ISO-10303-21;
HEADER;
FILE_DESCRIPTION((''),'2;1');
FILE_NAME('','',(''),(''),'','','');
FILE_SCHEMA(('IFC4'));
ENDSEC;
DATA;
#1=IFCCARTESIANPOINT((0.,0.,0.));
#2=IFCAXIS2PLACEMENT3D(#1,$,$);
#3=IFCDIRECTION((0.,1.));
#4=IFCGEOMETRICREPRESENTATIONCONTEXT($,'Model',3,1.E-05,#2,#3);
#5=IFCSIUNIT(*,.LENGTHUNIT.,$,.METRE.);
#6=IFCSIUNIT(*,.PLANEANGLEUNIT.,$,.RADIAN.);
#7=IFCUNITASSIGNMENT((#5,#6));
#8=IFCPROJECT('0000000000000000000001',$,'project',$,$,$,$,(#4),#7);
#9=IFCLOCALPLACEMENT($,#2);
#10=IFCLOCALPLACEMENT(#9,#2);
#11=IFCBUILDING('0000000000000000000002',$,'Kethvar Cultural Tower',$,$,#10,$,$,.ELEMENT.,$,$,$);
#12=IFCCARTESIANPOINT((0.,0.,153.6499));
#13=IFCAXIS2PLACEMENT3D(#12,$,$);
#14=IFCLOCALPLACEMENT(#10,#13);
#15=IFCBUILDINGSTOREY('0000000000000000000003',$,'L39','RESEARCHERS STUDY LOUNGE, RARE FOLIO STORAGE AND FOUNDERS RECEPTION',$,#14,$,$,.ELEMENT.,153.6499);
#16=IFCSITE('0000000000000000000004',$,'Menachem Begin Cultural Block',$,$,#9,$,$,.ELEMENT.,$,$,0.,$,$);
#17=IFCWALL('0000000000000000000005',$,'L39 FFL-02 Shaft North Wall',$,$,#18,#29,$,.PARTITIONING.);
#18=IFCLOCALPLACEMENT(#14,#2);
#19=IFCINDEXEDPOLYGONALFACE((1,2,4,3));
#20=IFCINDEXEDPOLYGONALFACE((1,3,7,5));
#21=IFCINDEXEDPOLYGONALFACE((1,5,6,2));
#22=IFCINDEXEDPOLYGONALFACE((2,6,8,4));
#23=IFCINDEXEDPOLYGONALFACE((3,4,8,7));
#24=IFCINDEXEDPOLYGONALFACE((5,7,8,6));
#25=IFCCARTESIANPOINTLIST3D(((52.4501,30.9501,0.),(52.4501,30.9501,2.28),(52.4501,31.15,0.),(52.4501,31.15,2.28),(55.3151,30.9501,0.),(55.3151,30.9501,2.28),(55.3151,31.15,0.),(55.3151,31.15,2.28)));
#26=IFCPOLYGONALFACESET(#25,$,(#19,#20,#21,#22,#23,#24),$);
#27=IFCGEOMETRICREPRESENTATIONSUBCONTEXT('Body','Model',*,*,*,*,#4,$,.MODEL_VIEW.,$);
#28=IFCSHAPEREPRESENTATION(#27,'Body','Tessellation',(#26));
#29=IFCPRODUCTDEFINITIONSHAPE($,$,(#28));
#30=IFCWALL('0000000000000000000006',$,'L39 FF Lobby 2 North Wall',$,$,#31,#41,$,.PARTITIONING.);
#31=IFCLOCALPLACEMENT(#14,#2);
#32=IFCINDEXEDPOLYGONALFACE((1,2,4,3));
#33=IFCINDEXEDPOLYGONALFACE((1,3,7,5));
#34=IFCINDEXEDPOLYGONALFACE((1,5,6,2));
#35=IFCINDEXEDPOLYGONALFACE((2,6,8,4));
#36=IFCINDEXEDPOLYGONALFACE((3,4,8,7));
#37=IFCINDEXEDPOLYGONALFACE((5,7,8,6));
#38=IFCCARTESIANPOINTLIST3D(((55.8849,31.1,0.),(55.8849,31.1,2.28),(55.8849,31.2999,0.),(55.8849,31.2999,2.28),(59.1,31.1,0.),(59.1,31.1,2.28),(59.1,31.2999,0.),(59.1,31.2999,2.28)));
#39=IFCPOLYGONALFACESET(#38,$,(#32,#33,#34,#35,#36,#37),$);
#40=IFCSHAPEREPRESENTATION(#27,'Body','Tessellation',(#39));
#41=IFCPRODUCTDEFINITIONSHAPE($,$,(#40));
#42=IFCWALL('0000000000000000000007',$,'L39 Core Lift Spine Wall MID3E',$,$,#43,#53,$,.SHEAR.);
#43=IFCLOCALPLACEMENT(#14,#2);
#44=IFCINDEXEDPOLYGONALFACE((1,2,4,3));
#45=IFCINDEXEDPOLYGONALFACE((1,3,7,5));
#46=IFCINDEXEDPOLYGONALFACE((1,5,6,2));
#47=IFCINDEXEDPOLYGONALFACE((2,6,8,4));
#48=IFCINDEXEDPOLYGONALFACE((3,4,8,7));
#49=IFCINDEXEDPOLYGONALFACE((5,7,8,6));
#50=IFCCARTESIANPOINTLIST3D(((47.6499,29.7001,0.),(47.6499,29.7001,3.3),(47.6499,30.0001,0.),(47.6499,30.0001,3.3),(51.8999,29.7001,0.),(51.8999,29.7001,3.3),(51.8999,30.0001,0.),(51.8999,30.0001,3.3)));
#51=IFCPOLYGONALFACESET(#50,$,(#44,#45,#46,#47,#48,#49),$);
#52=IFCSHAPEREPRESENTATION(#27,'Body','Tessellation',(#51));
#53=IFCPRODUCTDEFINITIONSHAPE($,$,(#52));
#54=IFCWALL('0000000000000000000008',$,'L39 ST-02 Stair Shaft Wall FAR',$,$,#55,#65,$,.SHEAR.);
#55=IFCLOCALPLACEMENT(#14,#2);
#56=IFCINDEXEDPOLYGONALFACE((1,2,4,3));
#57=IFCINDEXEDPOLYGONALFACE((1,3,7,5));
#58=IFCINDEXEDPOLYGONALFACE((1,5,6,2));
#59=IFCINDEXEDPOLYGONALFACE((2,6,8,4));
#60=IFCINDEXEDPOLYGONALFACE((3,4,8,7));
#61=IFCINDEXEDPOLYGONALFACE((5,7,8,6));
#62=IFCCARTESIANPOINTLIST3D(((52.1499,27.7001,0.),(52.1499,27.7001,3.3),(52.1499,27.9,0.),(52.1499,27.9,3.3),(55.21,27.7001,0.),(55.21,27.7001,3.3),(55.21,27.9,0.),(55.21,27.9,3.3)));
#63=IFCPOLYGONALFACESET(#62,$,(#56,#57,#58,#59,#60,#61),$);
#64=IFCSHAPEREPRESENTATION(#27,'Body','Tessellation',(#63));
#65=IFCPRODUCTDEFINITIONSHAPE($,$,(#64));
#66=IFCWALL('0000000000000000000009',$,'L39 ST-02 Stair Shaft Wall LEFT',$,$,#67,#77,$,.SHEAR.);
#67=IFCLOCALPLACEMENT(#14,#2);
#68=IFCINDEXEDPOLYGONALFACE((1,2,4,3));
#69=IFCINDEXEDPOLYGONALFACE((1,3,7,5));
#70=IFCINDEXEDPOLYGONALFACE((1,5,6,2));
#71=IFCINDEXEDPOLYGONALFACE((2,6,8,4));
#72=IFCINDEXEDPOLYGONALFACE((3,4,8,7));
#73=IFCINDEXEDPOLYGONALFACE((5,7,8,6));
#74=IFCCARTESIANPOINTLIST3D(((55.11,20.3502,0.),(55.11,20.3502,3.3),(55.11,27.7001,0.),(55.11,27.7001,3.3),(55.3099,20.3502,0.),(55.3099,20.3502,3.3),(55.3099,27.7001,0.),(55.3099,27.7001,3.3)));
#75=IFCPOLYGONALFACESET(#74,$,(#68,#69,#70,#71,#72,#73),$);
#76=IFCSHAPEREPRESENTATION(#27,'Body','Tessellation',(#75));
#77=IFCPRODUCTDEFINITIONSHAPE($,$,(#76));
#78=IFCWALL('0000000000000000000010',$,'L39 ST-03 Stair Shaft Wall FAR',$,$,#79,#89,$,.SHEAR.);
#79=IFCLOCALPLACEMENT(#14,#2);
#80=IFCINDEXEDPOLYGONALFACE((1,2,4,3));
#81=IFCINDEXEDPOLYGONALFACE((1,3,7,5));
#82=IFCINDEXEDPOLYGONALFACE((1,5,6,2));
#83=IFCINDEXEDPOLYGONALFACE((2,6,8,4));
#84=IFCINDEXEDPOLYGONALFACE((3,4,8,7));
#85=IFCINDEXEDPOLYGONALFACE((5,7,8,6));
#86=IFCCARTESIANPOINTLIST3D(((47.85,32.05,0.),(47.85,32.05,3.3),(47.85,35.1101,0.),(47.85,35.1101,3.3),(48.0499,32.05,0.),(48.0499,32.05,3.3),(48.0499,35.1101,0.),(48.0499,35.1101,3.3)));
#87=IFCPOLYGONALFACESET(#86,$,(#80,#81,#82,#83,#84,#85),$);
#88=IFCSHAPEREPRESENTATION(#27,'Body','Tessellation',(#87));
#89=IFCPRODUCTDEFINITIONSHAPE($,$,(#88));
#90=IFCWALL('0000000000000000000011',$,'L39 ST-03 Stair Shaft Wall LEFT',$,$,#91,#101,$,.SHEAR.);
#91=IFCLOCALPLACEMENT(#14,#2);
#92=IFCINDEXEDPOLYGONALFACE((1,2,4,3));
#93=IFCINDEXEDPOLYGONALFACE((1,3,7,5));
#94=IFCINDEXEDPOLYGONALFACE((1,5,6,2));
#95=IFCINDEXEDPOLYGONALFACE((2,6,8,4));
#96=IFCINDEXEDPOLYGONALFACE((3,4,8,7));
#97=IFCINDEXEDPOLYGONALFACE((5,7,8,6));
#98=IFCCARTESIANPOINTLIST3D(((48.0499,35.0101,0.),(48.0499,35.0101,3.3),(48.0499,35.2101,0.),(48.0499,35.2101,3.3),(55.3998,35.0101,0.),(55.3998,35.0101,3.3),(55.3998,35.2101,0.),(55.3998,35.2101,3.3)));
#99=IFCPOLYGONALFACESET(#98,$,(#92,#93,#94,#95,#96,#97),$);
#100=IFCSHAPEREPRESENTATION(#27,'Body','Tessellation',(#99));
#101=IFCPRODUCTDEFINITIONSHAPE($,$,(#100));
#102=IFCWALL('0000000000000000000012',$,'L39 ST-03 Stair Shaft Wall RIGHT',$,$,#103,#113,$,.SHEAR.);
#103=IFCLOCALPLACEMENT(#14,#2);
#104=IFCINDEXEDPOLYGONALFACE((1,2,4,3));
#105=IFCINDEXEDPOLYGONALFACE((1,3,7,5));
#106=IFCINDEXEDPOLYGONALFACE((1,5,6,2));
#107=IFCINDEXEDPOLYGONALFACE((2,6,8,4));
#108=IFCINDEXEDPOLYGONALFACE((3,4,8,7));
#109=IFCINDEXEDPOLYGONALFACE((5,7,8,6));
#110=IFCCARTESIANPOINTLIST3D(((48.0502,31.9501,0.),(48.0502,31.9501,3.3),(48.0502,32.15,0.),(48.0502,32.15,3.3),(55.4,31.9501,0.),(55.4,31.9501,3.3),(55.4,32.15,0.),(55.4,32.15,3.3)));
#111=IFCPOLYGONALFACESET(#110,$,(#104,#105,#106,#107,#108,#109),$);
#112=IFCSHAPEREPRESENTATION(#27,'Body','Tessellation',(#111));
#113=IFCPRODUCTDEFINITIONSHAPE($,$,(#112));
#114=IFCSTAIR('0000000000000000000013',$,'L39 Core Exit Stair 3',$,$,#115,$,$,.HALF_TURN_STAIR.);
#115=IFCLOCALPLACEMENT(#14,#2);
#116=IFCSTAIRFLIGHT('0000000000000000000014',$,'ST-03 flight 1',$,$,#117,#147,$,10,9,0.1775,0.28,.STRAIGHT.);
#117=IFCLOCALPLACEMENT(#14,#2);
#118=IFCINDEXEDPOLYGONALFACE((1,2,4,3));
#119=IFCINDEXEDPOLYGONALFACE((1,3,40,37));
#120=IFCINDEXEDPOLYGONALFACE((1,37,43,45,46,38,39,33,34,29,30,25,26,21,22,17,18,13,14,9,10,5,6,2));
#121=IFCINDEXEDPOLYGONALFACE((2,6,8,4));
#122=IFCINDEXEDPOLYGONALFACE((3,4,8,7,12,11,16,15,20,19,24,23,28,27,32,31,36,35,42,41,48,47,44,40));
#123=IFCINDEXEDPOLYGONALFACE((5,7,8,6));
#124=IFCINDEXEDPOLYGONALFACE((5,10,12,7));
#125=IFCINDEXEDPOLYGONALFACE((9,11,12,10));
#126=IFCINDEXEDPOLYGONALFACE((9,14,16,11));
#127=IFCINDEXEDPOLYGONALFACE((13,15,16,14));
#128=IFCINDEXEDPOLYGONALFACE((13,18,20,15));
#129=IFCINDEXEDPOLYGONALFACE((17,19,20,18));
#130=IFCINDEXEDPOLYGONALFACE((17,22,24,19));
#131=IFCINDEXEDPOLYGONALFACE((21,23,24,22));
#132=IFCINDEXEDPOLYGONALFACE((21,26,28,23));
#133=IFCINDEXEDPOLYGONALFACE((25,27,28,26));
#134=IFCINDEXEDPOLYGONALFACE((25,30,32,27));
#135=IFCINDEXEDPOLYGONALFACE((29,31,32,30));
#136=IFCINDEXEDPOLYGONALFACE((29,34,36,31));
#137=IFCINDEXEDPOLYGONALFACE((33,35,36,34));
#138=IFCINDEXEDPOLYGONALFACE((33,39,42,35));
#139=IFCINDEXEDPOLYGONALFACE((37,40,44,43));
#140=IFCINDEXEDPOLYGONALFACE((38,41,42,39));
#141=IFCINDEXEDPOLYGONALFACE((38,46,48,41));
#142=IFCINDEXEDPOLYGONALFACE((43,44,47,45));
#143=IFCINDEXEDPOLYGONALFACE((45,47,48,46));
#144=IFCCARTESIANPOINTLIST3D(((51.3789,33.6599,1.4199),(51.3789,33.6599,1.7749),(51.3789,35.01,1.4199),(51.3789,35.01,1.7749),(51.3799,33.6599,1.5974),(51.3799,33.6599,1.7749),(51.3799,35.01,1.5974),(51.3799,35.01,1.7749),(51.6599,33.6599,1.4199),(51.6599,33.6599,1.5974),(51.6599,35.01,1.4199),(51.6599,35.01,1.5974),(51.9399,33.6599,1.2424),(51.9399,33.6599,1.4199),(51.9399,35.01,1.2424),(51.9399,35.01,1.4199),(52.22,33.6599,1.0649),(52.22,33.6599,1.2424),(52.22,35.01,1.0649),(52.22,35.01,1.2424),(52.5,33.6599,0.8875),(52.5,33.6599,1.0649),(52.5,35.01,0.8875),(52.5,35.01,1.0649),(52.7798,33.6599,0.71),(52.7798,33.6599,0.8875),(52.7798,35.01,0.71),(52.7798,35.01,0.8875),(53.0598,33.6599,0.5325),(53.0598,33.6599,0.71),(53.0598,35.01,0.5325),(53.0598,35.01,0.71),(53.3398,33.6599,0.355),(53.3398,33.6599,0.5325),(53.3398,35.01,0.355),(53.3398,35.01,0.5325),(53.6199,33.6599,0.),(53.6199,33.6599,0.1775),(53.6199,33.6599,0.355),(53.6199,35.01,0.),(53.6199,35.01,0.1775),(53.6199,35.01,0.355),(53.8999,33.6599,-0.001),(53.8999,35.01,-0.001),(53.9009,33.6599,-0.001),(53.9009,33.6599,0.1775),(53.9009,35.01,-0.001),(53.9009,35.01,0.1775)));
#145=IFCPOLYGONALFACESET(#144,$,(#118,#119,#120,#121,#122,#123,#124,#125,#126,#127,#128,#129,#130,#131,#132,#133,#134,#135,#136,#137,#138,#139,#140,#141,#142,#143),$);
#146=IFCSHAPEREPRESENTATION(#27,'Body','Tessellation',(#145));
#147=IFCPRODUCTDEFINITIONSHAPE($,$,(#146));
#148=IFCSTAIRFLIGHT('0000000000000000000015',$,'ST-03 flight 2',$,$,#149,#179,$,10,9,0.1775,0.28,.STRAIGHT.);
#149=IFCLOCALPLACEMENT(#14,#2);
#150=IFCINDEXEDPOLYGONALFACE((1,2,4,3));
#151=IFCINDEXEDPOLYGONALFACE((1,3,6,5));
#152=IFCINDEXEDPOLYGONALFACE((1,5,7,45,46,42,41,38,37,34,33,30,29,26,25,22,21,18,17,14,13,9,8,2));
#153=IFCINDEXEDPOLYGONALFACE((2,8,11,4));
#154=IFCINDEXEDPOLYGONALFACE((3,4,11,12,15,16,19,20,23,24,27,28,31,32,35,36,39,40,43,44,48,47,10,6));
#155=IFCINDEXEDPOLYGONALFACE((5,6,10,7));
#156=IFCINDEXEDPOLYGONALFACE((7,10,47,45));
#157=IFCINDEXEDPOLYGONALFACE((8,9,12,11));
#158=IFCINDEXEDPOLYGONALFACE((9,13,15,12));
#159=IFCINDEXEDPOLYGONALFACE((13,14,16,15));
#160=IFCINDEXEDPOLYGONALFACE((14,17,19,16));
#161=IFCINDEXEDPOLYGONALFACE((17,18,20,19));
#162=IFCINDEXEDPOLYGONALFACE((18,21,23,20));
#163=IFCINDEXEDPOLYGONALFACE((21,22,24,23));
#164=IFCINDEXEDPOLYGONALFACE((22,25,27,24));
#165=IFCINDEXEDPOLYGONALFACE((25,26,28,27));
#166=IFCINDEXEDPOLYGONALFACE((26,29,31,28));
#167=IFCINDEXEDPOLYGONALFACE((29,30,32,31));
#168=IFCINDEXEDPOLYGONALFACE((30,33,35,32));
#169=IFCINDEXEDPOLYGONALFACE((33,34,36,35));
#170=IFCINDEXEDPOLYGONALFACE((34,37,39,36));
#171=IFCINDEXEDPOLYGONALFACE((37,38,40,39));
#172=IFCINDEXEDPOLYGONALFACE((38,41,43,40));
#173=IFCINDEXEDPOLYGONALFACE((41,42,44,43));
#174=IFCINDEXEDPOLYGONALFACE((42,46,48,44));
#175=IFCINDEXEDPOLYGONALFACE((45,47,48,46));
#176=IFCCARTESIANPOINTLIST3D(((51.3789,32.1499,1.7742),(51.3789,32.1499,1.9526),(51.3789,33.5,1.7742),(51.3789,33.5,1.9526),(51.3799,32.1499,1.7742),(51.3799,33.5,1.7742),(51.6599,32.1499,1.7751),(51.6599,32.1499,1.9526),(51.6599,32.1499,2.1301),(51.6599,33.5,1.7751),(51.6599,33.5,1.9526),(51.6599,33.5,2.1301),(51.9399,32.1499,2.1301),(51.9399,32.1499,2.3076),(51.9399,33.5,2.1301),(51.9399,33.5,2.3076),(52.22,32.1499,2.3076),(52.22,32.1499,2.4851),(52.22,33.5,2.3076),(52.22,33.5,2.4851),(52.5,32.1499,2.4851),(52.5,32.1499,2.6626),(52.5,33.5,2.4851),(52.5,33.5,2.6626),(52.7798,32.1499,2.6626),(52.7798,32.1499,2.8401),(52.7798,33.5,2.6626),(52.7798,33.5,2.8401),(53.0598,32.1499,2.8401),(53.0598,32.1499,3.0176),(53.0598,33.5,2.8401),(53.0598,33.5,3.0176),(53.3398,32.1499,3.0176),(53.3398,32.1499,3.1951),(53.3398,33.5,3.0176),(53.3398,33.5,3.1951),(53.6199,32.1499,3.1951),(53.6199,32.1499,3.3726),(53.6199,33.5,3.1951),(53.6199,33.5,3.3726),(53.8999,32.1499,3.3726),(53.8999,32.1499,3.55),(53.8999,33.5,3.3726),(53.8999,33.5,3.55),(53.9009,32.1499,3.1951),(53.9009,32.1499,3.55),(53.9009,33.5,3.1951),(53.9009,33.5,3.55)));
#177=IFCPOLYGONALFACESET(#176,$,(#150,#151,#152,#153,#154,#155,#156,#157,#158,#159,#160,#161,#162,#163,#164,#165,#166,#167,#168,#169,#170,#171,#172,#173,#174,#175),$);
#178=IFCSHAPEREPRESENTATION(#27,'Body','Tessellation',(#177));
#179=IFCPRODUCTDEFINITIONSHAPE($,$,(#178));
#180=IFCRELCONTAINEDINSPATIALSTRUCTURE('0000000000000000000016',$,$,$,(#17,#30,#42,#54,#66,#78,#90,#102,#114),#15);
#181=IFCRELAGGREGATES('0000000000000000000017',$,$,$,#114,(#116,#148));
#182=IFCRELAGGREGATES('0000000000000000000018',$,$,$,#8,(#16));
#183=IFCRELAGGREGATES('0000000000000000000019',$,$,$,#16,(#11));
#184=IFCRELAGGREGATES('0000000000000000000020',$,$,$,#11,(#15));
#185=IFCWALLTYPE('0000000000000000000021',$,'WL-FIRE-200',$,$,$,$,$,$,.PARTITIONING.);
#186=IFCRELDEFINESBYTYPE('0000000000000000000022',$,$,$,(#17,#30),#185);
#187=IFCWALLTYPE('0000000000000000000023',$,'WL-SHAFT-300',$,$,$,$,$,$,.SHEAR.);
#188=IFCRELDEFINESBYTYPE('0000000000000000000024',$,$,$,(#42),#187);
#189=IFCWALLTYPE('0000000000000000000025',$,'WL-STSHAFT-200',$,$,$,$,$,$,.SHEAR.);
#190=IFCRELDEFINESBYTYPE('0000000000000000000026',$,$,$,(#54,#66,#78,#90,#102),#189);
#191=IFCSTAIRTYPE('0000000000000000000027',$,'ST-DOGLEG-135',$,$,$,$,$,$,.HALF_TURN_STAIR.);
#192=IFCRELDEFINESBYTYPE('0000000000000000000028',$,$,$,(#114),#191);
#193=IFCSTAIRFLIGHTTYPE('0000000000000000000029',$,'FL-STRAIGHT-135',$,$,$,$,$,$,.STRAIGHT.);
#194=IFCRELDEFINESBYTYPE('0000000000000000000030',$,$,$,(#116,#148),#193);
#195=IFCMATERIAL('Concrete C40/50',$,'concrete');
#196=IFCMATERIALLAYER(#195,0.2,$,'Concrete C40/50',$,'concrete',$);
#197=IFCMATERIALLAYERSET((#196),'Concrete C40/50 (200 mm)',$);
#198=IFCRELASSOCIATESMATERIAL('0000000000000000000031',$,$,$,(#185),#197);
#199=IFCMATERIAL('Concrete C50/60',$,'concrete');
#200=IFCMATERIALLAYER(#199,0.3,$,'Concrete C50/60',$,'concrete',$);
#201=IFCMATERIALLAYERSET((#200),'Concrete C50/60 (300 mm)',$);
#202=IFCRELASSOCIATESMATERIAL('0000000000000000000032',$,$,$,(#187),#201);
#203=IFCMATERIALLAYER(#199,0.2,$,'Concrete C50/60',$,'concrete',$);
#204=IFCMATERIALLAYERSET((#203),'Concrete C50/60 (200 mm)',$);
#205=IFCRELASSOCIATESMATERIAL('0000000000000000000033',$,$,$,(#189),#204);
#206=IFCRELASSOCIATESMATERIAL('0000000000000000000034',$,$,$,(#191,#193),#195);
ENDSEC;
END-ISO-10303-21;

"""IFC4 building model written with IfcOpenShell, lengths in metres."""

from ifc_helpers import new_model, si_unit, direction, frame, frame_2d, origin, place, context, subcontext, project, spatial, polyline, rectangle, outline, extrude, material, layer, layer_set, type_object, element, aggregate, save


model = new_model("IFC4")

# Units and contexts
model_context = context("Model", 3, precision=1e-05, world=origin(), true_north=direction((0.0, 1.0)))
body_context = subcontext(model_context, "Body", "Model", "MODEL_VIEW")
ifc_project = project(units=[si_unit("LENGTHUNIT", "METRE"), si_unit("PLANEANGLEUNIT", "RADIAN")], contexts=[model_context])

# Site, building, storey
site_placement = place(None, origin())
site = spatial("IfcSite", under=ifc_project, at=site_placement, Name="Menachem Begin Cultural Block", CompositionType="ELEMENT", RefElevation=0.0)
building_placement = place(site_placement, origin())
building = spatial("IfcBuilding", under=site, at=building_placement, Name="Kethvar Cultural Tower", CompositionType="ELEMENT")
storey_placement = place(building_placement, frame((0.0, 0.0, 153.6499)))
storey = spatial("IfcBuildingStorey", under=building, at=storey_placement, Name="L39", Description="RESEARCHERS STUDY LOUNGE, RARE FOLIO STORAGE AND FOUNDERS RECEPTION", CompositionType="ELEMENT", Elevation=153.6499)

# Walls
ifc_material_1 = material(Name="Concrete C40/50", Category="concrete")
ifc_layer_1 = layer(ifc_material_1, 0.2, Name="Concrete C40/50", Category="concrete")
ifc_layer_set_1 = layer_set([ifc_layer_1], Name="Concrete C40/50 (200 mm)")
wall_type_1 = type_object("IfcWallType", Name="WL-FIRE-200", PredefinedType="PARTITIONING", material=ifc_layer_set_1)
for number, where, z_axis, x_axis, name in (
    (1, (52.45, 31.05, 0.0), (0.0, 0.0, 1.0), (1.0, 0.0, 0.0), "L39 FFL-02 Shaft North Wall"),
):
    element("IfcWall", number, at=place(storey_placement, frame(where, z_axis=z_axis, x_axis=x_axis)), inside=storey, type_object=wall_type_1, Name=name, PredefinedType="PARTITIONING", context=body_context, shape_type="SweptSolid", body=[
        extrude(rectangle(XDim=2.865, YDim=0.2, at=frame_2d((1.4326, 0.0))), origin(), (0.0, 0.0, 1.0), 2.28),
    ])
wall_1_placement = place(storey_placement, frame((55.885, 31.2, 0.0), z_axis=(0.0, 0.0, 1.0), x_axis=(1.0, 0.0, 0.0)))
element("IfcWall", 2, at=wall_1_placement, inside=storey, type_object=wall_type_1, Name="L39 FF Lobby 2 North Wall", PredefinedType="PARTITIONING", context=body_context, shape_type="SweptSolid", body=[
    extrude(rectangle(XDim=3.2151, YDim=0.2, at=frame_2d((1.6074, 0.0))), origin(), (0.0, 0.0, 1.0), 2.28),
])
ifc_material_2 = material(Name="Concrete C50/60", Category="concrete")
ifc_layer_2 = layer(ifc_material_2, 0.3, Name="Concrete C50/60", Category="concrete")
ifc_layer_set_2 = layer_set([ifc_layer_2], Name="Concrete C50/60 (300 mm)")
wall_type_2 = type_object("IfcWallType", Name="WL-SHAFT-300", PredefinedType="SHEAR", material=ifc_layer_set_2)
wall_2_placement = place(storey_placement, frame((47.6499, 29.8501, 0.0), z_axis=(0.0, 0.0, 1.0), x_axis=(1.0, 0.0, 0.0)))
element("IfcWall", 3, at=wall_2_placement, inside=storey, type_object=wall_type_2, Name="L39 Core Lift Spine Wall MID3E", PredefinedType="SHEAR", context=body_context, shape_type="SweptSolid", body=[
    extrude(rectangle(XDim=4.25, YDim=0.3, at=frame_2d((2.125, 0.0))), origin(), (0.0, 0.0, 1.0), 3.3),
])
ifc_layer_3 = layer(ifc_material_2, 0.2, Name="Concrete C50/60", Category="concrete")
ifc_layer_set_3 = layer_set([ifc_layer_3], Name="Concrete C50/60 (200 mm)")
wall_type_3 = type_object("IfcWallType", Name="WL-STSHAFT-200", PredefinedType="SHEAR", material=ifc_layer_set_3)
wall_3_placement = place(storey_placement, frame((52.1499, 27.8, 0.0), z_axis=(0.0, 0.0, 1.0), x_axis=(1.0, 0.0, 0.0)))
element("IfcWall", 4, at=wall_3_placement, inside=storey, type_object=wall_type_3, Name="L39 ST-02 Stair Shaft Wall FAR", PredefinedType="SHEAR", context=body_context, shape_type="SweptSolid", body=[
    extrude(rectangle(XDim=3.0601, YDim=0.2, at=frame_2d((1.53, 0.0))), origin(), (0.0, 0.0, 1.0), 3.3),
])
wall_4_placement = place(storey_placement, frame((55.21, 27.7, 0.0), z_axis=(0.0, 0.0, 1.0), x_axis=(0.0, -1.0, 0.0)))
element("IfcWall", 5, at=wall_4_placement, inside=storey, type_object=wall_type_3, Name="L39 ST-02 Stair Shaft Wall LEFT", PredefinedType="SHEAR", context=body_context, shape_type="SweptSolid", body=[
    extrude(rectangle(XDim=7.3499, YDim=0.2, at=frame_2d((3.6748, 0.0))), origin(), (0.0, 0.0, 1.0), 3.3),
])
wall_5_placement = place(storey_placement, frame((47.95, 32.05, 0.0), z_axis=(0.0, 0.0, 1.0), x_axis=(0.0, 1.0, 0.0)))
element("IfcWall", 6, at=wall_5_placement, inside=storey, type_object=wall_type_3, Name="L39 ST-03 Stair Shaft Wall FAR", PredefinedType="SHEAR", context=body_context, shape_type="SweptSolid", body=[
    extrude(rectangle(XDim=3.0601, YDim=0.2, at=frame_2d((1.53, 0.0))), origin(), (0.0, 0.0, 1.0), 3.3),
])
for number, where, z_axis, x_axis, name in (
    (7, (48.05, 35.1101, 0.0), (0.0, 0.0, 1.0), (1.0, 0.0, 0.0), "L39 ST-03 Stair Shaft Wall LEFT"),
    (8, (55.3999, 32.05, 0.0), (0.0, 0.0, 1.0), (-1.0, 0.0, 0.0), "L39 ST-03 Stair Shaft Wall RIGHT"),
):
    element("IfcWall", number, at=place(storey_placement, frame(where, z_axis=z_axis, x_axis=x_axis)), inside=storey, type_object=wall_type_3, Name=name, PredefinedType="SHEAR", context=body_context, shape_type="SweptSolid", body=[
        extrude(rectangle(XDim=7.3499, YDim=0.2, at=frame_2d((3.6748, 0.0))), origin(), (0.0, 0.0, 1.0), 3.3),
    ])

# Stair, stair flights
stair_type = type_object("IfcStairType", Name="ST-DOGLEG-135", PredefinedType="HALF_TURN_STAIR", material=ifc_material_1)
stair_placement = place(storey_placement, origin())
stair = element("IfcStair", 9, at=stair_placement, inside=storey, type_object=stair_type, Name="L39 Core Exit Stair 3", PredefinedType="HALF_TURN_STAIR")
stair_flight_type = type_object("IfcStairFlightType", Name="FL-STRAIGHT-135", PredefinedType="STRAIGHT", material=ifc_material_1)
stair_flight_1_placement = place(storey_placement, frame((53.8999, 34.335, 0.0), z_axis=(0.0, 0.0, 1.0), x_axis=(-1.0, 0.0, 0.0)))
stair_flight_1 = element("IfcStairFlight", 10, at=stair_flight_1_placement, type_object=stair_flight_type, Name="ST-03 flight 1", NumberOfRisers=10, NumberOfTreads=9, PredefinedType="STRAIGHT", RiserHeight=0.1775, TreadLength=0.28, context=body_context, shape_type="SweptSolid", body=[
    extrude(outline(polyline([(-0.001, -0.001), (-0.001, 0.1775), (0.28, 0.1775), (0.28, 0.355), (0.5601, 0.355), (0.5601, 0.5325), (0.8401, 0.5325), (0.8401, 0.71), (1.1201, 0.71), (1.1201, 0.8875), (1.3999, 0.8875), (1.3999, 1.0649), (1.6799, 1.0649), (1.6799, 1.2424), (1.96, 1.2424), (1.96, 1.4199), (2.24, 1.4199), (2.24, 1.5974), (2.52, 1.5974), (2.52, 1.7749), (2.521, 1.7749), (2.521, 1.4199), (0.28, 0.0), (0.0, -0.001), (-0.001, -0.001)])), frame((0.0, 0.675, 0.0), z_axis=(0.0, -1.0, 0.0), x_axis=(1.0, 0.0, 0.0)), (0.0, 0.0, 1.0), 1.3501),
])
stair_flight_2_placement = place(storey_placement, frame((51.3799, 32.825, 1.7751), z_axis=(0.0, 0.0, 1.0), x_axis=(1.0, 0.0, 0.0)))
stair_flight_2 = element("IfcStairFlight", 11, at=stair_flight_2_placement, type_object=stair_flight_type, Name="ST-03 flight 2", NumberOfRisers=10, NumberOfTreads=9, PredefinedType="STRAIGHT", RiserHeight=0.1775, TreadLength=0.28, context=body_context, shape_type="SweptSolid", body=[
    extrude(outline(polyline([(-0.001, -0.001), (-0.001, 0.1775), (0.28, 0.1775), (0.28, 0.355), (0.5601, 0.355), (0.5601, 0.5325), (0.8401, 0.5325), (0.8401, 0.71), (1.1201, 0.71), (1.1201, 0.8875), (1.3999, 0.8875), (1.3999, 1.0649), (1.6799, 1.0649), (1.6799, 1.2424), (1.96, 1.2424), (1.96, 1.4199), (2.24, 1.4199), (2.24, 1.5974), (2.52, 1.5974), (2.52, 1.7749), (2.521, 1.7749), (2.521, 1.4199), (0.28, 0.0), (0.0, -0.001), (-0.001, -0.001)])), frame((0.0, 0.675, 0.0), z_axis=(0.0, -1.0, 0.0), x_axis=(1.0, 0.0, 0.0)), (0.0, 0.0, 1.0), 1.3501),
])
aggregate(stair, [stair_flight_1, stair_flight_2])

save(model, "model.ifc")
